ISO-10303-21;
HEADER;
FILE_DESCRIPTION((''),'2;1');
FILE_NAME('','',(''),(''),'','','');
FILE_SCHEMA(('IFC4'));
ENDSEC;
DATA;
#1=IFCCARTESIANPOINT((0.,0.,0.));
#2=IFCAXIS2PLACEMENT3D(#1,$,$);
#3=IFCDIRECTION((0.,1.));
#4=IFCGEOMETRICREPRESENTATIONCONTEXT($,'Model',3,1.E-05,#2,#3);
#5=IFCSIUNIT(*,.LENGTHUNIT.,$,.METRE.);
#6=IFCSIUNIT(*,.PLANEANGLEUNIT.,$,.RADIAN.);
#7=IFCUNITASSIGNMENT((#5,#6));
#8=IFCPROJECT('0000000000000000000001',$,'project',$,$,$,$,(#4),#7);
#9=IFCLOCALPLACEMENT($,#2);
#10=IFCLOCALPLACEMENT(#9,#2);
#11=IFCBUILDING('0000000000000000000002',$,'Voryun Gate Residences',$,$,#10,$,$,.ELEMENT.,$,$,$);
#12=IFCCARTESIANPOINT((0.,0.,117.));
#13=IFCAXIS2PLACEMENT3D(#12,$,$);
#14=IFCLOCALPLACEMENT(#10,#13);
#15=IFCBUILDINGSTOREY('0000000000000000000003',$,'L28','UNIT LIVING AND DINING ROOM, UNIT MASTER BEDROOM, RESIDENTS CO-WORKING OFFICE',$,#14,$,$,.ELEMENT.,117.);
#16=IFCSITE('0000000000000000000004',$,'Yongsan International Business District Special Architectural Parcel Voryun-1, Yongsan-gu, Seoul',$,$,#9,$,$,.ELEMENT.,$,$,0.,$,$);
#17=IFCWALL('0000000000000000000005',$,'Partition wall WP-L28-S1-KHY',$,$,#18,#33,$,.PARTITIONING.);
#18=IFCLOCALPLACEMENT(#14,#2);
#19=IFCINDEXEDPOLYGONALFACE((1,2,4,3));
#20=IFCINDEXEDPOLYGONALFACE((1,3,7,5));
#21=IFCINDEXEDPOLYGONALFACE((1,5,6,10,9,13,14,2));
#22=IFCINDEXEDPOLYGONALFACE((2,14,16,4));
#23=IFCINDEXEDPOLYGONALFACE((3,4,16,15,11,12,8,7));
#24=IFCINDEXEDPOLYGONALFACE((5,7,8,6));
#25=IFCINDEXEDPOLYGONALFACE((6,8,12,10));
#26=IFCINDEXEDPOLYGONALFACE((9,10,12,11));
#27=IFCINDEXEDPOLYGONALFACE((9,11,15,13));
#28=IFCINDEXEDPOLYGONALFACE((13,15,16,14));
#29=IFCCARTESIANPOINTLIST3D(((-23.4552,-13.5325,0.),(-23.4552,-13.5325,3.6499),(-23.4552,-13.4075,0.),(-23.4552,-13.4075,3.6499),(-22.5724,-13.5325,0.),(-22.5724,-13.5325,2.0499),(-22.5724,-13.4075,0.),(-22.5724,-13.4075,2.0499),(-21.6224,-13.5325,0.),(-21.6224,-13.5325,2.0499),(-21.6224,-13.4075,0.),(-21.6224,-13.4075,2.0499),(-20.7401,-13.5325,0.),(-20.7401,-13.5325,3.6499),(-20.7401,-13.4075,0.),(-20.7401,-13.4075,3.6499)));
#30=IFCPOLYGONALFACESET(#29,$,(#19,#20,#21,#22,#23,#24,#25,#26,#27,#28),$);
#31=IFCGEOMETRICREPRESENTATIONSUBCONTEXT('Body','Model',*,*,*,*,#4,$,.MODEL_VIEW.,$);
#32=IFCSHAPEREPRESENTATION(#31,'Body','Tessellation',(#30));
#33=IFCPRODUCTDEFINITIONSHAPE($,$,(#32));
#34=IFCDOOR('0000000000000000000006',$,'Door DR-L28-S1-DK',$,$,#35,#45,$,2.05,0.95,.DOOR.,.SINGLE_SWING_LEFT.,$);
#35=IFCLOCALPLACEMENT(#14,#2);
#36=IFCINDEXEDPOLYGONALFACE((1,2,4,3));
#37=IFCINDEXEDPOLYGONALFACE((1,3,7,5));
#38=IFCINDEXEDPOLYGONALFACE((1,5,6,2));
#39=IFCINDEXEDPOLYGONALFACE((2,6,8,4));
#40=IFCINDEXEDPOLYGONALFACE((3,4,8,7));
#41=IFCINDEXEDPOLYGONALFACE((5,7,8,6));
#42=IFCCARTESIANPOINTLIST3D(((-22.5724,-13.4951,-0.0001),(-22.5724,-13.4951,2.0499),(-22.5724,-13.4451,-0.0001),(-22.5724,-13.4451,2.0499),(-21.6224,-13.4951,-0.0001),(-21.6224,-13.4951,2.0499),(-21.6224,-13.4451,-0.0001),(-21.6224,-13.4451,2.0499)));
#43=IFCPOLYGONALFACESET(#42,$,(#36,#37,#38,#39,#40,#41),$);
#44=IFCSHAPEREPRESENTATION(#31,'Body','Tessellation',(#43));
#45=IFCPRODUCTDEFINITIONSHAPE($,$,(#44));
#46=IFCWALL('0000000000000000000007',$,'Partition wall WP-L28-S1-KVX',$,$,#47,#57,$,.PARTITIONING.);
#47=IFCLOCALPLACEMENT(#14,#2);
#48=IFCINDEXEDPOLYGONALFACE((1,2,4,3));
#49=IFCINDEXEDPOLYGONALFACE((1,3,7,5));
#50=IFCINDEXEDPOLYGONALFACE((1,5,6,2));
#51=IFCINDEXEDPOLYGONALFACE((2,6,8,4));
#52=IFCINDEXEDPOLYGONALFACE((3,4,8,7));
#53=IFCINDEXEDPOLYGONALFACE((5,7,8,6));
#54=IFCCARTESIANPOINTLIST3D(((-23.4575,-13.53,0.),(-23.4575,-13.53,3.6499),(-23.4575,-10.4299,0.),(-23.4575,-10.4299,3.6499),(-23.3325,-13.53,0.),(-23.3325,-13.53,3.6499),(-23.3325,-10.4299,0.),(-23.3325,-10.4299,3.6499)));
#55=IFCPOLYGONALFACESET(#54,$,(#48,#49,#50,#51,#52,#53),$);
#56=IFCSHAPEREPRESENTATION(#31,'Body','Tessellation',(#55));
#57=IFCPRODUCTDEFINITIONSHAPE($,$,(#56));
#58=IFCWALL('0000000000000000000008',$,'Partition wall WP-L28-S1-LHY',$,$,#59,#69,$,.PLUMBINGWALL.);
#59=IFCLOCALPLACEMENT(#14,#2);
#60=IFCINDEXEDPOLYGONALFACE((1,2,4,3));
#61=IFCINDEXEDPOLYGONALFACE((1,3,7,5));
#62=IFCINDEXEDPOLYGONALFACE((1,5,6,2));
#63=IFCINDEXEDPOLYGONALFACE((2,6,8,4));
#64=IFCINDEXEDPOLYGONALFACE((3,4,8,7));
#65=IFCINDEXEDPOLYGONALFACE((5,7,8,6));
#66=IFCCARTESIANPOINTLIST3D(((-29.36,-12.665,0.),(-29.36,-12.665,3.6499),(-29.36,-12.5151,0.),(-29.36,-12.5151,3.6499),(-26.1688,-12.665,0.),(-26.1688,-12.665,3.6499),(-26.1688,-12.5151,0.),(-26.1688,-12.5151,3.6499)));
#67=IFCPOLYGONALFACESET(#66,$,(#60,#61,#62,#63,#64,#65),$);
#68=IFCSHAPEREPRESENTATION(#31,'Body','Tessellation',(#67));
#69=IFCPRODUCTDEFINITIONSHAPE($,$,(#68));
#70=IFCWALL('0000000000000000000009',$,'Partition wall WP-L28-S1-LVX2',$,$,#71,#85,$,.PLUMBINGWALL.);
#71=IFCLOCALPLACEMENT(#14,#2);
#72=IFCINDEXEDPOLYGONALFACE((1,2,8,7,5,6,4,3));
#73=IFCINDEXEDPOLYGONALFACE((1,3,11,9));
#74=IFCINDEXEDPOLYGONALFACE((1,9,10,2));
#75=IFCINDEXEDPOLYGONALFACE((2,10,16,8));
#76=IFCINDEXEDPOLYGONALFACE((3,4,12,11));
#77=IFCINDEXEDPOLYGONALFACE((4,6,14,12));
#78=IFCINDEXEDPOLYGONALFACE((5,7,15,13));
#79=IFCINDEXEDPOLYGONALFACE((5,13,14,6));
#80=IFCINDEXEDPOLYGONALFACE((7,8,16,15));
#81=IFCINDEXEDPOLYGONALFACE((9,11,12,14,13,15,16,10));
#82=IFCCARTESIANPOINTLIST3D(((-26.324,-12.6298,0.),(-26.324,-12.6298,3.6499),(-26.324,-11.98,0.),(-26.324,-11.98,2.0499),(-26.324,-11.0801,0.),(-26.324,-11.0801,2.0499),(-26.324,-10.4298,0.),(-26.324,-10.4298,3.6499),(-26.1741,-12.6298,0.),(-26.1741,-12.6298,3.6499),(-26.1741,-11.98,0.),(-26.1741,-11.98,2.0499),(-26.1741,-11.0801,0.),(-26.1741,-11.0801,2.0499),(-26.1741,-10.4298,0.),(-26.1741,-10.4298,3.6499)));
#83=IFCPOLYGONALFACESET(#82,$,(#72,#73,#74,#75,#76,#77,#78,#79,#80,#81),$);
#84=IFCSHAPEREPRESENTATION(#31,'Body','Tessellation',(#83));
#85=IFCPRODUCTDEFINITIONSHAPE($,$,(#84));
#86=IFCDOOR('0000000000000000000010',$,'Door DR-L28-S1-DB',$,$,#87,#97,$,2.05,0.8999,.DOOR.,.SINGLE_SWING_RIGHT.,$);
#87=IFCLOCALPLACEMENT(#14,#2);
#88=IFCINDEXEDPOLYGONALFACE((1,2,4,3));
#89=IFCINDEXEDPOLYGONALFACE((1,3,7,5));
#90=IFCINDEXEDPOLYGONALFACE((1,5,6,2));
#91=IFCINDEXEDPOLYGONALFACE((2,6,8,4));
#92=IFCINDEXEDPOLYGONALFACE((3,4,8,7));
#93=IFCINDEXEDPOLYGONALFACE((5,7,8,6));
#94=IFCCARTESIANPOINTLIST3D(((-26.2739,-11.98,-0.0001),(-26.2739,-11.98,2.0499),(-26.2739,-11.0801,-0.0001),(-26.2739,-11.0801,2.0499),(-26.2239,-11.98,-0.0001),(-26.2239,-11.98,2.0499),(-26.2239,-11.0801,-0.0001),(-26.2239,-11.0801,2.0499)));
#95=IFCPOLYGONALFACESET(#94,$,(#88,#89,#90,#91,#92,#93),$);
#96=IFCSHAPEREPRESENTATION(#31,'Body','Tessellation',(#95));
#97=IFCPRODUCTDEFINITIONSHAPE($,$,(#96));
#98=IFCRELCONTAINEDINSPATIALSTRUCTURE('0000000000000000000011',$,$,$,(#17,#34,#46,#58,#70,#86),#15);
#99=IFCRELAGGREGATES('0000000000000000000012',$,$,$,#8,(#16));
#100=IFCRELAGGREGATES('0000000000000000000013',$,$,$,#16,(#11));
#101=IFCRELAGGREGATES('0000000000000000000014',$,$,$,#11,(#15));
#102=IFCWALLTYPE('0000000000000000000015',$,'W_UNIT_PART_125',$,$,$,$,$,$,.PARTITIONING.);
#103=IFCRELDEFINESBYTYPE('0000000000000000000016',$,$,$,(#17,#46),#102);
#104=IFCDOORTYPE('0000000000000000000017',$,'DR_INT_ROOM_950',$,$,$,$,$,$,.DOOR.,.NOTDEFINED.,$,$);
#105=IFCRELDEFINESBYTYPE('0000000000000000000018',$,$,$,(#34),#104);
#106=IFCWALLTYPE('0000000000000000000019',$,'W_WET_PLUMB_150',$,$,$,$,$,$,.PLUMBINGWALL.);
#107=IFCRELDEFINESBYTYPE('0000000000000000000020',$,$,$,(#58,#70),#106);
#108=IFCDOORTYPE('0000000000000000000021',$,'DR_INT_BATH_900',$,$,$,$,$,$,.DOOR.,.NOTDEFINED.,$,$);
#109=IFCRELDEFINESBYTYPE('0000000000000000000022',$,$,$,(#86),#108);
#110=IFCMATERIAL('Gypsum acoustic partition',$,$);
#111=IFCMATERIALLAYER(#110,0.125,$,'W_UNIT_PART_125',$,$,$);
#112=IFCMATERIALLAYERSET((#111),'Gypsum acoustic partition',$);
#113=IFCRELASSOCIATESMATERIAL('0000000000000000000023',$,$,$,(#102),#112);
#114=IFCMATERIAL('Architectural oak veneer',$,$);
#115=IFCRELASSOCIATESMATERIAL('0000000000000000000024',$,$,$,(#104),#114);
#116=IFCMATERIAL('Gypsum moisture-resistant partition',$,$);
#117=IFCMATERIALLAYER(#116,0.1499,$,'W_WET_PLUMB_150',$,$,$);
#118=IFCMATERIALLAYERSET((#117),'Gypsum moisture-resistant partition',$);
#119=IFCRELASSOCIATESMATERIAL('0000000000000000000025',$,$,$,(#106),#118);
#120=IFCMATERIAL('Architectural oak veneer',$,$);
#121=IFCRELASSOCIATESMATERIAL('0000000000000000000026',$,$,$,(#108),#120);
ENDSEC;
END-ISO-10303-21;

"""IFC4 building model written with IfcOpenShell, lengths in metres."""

from ifc_helpers import new_model, si_unit, direction, frame, frame_2d, origin, place, context, subcontext, project, spatial, rectangle, extrude, material, layer, layer_set, type_object, element, fill, save


model = new_model("IFC4")

# Units and contexts
model_context = context("Model", 3, precision=1e-05, world=origin(), true_north=direction((0.0, 1.0)))
body_context = subcontext(model_context, "Body", "Model", "MODEL_VIEW")
ifc_project = project(units=[si_unit("LENGTHUNIT", "METRE"), si_unit("PLANEANGLEUNIT", "RADIAN")], contexts=[model_context])

# Site, building, storey
site_placement = place(None, origin())
site = spatial("IfcSite", under=ifc_project, at=site_placement, Name="Yongsan International Business District Special Architectural Parcel Voryun-1, Yongsan-gu, Seoul", CompositionType="ELEMENT", RefElevation=0.0)
building_placement = place(site_placement, origin())
building = spatial("IfcBuilding", under=site, at=building_placement, Name="Voryun Gate Residences", CompositionType="ELEMENT")
storey_placement = place(building_placement, frame((0.0, 0.0, 117.0)))
storey = spatial("IfcBuildingStorey", under=building, at=storey_placement, Name="L28", Description="UNIT LIVING AND DINING ROOM, UNIT MASTER BEDROOM, RESIDENTS CO-WORKING OFFICE", CompositionType="ELEMENT", Elevation=117.0)

# Wall, opening, door
ifc_material_1 = material(Name="Gypsum acoustic partition")
ifc_layer_1 = layer(ifc_material_1, 0.125, Name="W_UNIT_PART_125")
ifc_layer_set_1 = layer_set([ifc_layer_1], Name="Gypsum acoustic partition")
wall_type_1 = type_object("IfcWallType", Name="W_UNIT_PART_125", PredefinedType="PARTITIONING", material=ifc_layer_set_1)
wall_1_placement = place(storey_placement, frame((-23.4551, -13.47, 0.0), z_axis=(0.0, 0.0, 1.0), x_axis=(1.0, 0.0, 0.0)))
wall_1 = element("IfcWall", 1, at=wall_1_placement, inside=storey, type_object=wall_type_1, Name="Partition wall WP-L28-S1-KHY", PredefinedType="PARTITIONING", context=body_context, shape_type="SweptSolid", body=[
    extrude(rectangle(XDim=2.7151, YDim=0.125, at=frame_2d((1.3574, 0.0))), origin(), (0.0, 0.0, 1.0), 3.6499),
])
opening_1_placement = place(wall_1_placement, frame((0.8826, 0.0, 0.0)))
opening_1 = element("IfcOpeningElement", 2, at=opening_1_placement, cuts=wall_1, PredefinedType="OPENING", context=body_context, shape_type="SweptSolid", body=[
    extrude(rectangle(XDim=0.95, YDim=2.05, at=frame_2d((0.4751, 1.0249))), frame((0.0, 0.0725, 0.0), z_axis=(0.0, -1.0, 0.0), x_axis=(1.0, 0.0, 0.0)), (0.0, 0.0, 1.0), 0.145),
])
ifc_material_2 = material(Name="Architectural oak veneer")
door_type_1 = type_object("IfcDoorType", Name="DR_INT_ROOM_950", OperationType="NOTDEFINED", PredefinedType="DOOR", material=ifc_material_2)
door_1_placement = place(opening_1_placement, origin())
door_1 = element("IfcDoor", 3, at=door_1_placement, inside=storey, type_object=door_type_1, Name="Door DR-L28-S1-DK", OperationType="SINGLE_SWING_LEFT", OverallHeight=2.05, OverallWidth=0.95, PredefinedType="DOOR", context=body_context, shape_type="SweptSolid", body=[
    extrude(rectangle(XDim=0.95, YDim=2.05, at=frame_2d((0.4751, 1.0249))), frame((0.0, 0.0249, 0.0), z_axis=(0.0, -1.0, 0.0), x_axis=(1.0, 0.0, 0.0)), (0.0, 0.0, 1.0), 0.05),
])
fill(opening_1, door_1)

# Walls
wall_2_placement = place(storey_placement, frame((-23.395, -13.53, 0.0), z_axis=(0.0, 0.0, 1.0), x_axis=(0.0, 1.0, 0.0)))
element("IfcWall", 4, at=wall_2_placement, inside=storey, type_object=wall_type_1, Name="Partition wall WP-L28-S1-KVX", PredefinedType="PARTITIONING", context=body_context, shape_type="SweptSolid", body=[
    extrude(rectangle(XDim=3.1001, YDim=0.125, at=frame_2d((1.55, 0.0))), origin(), (0.0, 0.0, 1.0), 3.6499),
])
ifc_material_3 = material(Name="Gypsum moisture-resistant partition")
ifc_layer_2 = layer(ifc_material_3, 0.1499, Name="W_WET_PLUMB_150")
ifc_layer_set_2 = layer_set([ifc_layer_2], Name="Gypsum moisture-resistant partition")
wall_type_2 = type_object("IfcWallType", Name="W_WET_PLUMB_150", PredefinedType="PLUMBINGWALL", material=ifc_layer_set_2)
wall_3_placement = place(storey_placement, frame((-29.3601, -12.5901, 0.0), z_axis=(0.0, 0.0, 1.0), x_axis=(1.0, 0.0, 0.0)))
element("IfcWall", 5, at=wall_3_placement, inside=storey, type_object=wall_type_2, Name="Partition wall WP-L28-S1-LHY", PredefinedType="PLUMBINGWALL", context=body_context, shape_type="SweptSolid", body=[
    extrude(rectangle(XDim=3.1912, YDim=0.1499, at=frame_2d((1.5957, 0.0))), origin(), (0.0, 0.0, 1.0), 3.6499),
])

# Wall, opening, door
wall_4_placement = place(storey_placement, frame((-26.249, -12.6299, 0.0), z_axis=(0.0, 0.0, 1.0), x_axis=(0.0, 1.0, 0.0)))
wall_4 = element("IfcWall", 6, at=wall_4_placement, inside=storey, type_object=wall_type_2, Name="Partition wall WP-L28-S1-LVX2", PredefinedType="PLUMBINGWALL", context=body_context, shape_type="SweptSolid", body=[
    extrude(rectangle(XDim=2.2, YDim=0.1499, at=frame_2d((1.1001, 0.0))), origin(), (0.0, 0.0, 1.0), 3.6499),
])
opening_2_placement = place(wall_4_placement, frame((0.6499, 0.0, 0.0)))
opening_2 = element("IfcOpeningElement", 7, at=opening_2_placement, cuts=wall_4, PredefinedType="OPENING", context=body_context, shape_type="SweptSolid", body=[
    extrude(rectangle(XDim=0.8999, YDim=2.05, at=frame_2d((0.45, 1.0249))), frame((0.0, 0.085, 0.0), z_axis=(0.0, -1.0, 0.0), x_axis=(1.0, 0.0, 0.0)), (0.0, 0.0, 1.0), 0.1699),
])
ifc_material_4 = material(Name="Architectural oak veneer")
door_type_2 = type_object("IfcDoorType", Name="DR_INT_BATH_900", OperationType="NOTDEFINED", PredefinedType="DOOR", material=ifc_material_4)
door_2_placement = place(opening_2_placement, origin())
door_2 = element("IfcDoor", 8, at=door_2_placement, inside=storey, type_object=door_type_2, Name="Door DR-L28-S1-DB", OperationType="SINGLE_SWING_RIGHT", OverallHeight=2.05, OverallWidth=0.8999, PredefinedType="DOOR", context=body_context, shape_type="SweptSolid", body=[
    extrude(rectangle(XDim=0.8999, YDim=2.05, at=frame_2d((0.45, 1.0249))), frame((0.0, 0.0249, 0.0), z_axis=(0.0, -1.0, 0.0), x_axis=(1.0, 0.0, 0.0)), (0.0, 0.0, 1.0), 0.05),
])
fill(opening_2, door_2)

save(model, "model.ifc")
